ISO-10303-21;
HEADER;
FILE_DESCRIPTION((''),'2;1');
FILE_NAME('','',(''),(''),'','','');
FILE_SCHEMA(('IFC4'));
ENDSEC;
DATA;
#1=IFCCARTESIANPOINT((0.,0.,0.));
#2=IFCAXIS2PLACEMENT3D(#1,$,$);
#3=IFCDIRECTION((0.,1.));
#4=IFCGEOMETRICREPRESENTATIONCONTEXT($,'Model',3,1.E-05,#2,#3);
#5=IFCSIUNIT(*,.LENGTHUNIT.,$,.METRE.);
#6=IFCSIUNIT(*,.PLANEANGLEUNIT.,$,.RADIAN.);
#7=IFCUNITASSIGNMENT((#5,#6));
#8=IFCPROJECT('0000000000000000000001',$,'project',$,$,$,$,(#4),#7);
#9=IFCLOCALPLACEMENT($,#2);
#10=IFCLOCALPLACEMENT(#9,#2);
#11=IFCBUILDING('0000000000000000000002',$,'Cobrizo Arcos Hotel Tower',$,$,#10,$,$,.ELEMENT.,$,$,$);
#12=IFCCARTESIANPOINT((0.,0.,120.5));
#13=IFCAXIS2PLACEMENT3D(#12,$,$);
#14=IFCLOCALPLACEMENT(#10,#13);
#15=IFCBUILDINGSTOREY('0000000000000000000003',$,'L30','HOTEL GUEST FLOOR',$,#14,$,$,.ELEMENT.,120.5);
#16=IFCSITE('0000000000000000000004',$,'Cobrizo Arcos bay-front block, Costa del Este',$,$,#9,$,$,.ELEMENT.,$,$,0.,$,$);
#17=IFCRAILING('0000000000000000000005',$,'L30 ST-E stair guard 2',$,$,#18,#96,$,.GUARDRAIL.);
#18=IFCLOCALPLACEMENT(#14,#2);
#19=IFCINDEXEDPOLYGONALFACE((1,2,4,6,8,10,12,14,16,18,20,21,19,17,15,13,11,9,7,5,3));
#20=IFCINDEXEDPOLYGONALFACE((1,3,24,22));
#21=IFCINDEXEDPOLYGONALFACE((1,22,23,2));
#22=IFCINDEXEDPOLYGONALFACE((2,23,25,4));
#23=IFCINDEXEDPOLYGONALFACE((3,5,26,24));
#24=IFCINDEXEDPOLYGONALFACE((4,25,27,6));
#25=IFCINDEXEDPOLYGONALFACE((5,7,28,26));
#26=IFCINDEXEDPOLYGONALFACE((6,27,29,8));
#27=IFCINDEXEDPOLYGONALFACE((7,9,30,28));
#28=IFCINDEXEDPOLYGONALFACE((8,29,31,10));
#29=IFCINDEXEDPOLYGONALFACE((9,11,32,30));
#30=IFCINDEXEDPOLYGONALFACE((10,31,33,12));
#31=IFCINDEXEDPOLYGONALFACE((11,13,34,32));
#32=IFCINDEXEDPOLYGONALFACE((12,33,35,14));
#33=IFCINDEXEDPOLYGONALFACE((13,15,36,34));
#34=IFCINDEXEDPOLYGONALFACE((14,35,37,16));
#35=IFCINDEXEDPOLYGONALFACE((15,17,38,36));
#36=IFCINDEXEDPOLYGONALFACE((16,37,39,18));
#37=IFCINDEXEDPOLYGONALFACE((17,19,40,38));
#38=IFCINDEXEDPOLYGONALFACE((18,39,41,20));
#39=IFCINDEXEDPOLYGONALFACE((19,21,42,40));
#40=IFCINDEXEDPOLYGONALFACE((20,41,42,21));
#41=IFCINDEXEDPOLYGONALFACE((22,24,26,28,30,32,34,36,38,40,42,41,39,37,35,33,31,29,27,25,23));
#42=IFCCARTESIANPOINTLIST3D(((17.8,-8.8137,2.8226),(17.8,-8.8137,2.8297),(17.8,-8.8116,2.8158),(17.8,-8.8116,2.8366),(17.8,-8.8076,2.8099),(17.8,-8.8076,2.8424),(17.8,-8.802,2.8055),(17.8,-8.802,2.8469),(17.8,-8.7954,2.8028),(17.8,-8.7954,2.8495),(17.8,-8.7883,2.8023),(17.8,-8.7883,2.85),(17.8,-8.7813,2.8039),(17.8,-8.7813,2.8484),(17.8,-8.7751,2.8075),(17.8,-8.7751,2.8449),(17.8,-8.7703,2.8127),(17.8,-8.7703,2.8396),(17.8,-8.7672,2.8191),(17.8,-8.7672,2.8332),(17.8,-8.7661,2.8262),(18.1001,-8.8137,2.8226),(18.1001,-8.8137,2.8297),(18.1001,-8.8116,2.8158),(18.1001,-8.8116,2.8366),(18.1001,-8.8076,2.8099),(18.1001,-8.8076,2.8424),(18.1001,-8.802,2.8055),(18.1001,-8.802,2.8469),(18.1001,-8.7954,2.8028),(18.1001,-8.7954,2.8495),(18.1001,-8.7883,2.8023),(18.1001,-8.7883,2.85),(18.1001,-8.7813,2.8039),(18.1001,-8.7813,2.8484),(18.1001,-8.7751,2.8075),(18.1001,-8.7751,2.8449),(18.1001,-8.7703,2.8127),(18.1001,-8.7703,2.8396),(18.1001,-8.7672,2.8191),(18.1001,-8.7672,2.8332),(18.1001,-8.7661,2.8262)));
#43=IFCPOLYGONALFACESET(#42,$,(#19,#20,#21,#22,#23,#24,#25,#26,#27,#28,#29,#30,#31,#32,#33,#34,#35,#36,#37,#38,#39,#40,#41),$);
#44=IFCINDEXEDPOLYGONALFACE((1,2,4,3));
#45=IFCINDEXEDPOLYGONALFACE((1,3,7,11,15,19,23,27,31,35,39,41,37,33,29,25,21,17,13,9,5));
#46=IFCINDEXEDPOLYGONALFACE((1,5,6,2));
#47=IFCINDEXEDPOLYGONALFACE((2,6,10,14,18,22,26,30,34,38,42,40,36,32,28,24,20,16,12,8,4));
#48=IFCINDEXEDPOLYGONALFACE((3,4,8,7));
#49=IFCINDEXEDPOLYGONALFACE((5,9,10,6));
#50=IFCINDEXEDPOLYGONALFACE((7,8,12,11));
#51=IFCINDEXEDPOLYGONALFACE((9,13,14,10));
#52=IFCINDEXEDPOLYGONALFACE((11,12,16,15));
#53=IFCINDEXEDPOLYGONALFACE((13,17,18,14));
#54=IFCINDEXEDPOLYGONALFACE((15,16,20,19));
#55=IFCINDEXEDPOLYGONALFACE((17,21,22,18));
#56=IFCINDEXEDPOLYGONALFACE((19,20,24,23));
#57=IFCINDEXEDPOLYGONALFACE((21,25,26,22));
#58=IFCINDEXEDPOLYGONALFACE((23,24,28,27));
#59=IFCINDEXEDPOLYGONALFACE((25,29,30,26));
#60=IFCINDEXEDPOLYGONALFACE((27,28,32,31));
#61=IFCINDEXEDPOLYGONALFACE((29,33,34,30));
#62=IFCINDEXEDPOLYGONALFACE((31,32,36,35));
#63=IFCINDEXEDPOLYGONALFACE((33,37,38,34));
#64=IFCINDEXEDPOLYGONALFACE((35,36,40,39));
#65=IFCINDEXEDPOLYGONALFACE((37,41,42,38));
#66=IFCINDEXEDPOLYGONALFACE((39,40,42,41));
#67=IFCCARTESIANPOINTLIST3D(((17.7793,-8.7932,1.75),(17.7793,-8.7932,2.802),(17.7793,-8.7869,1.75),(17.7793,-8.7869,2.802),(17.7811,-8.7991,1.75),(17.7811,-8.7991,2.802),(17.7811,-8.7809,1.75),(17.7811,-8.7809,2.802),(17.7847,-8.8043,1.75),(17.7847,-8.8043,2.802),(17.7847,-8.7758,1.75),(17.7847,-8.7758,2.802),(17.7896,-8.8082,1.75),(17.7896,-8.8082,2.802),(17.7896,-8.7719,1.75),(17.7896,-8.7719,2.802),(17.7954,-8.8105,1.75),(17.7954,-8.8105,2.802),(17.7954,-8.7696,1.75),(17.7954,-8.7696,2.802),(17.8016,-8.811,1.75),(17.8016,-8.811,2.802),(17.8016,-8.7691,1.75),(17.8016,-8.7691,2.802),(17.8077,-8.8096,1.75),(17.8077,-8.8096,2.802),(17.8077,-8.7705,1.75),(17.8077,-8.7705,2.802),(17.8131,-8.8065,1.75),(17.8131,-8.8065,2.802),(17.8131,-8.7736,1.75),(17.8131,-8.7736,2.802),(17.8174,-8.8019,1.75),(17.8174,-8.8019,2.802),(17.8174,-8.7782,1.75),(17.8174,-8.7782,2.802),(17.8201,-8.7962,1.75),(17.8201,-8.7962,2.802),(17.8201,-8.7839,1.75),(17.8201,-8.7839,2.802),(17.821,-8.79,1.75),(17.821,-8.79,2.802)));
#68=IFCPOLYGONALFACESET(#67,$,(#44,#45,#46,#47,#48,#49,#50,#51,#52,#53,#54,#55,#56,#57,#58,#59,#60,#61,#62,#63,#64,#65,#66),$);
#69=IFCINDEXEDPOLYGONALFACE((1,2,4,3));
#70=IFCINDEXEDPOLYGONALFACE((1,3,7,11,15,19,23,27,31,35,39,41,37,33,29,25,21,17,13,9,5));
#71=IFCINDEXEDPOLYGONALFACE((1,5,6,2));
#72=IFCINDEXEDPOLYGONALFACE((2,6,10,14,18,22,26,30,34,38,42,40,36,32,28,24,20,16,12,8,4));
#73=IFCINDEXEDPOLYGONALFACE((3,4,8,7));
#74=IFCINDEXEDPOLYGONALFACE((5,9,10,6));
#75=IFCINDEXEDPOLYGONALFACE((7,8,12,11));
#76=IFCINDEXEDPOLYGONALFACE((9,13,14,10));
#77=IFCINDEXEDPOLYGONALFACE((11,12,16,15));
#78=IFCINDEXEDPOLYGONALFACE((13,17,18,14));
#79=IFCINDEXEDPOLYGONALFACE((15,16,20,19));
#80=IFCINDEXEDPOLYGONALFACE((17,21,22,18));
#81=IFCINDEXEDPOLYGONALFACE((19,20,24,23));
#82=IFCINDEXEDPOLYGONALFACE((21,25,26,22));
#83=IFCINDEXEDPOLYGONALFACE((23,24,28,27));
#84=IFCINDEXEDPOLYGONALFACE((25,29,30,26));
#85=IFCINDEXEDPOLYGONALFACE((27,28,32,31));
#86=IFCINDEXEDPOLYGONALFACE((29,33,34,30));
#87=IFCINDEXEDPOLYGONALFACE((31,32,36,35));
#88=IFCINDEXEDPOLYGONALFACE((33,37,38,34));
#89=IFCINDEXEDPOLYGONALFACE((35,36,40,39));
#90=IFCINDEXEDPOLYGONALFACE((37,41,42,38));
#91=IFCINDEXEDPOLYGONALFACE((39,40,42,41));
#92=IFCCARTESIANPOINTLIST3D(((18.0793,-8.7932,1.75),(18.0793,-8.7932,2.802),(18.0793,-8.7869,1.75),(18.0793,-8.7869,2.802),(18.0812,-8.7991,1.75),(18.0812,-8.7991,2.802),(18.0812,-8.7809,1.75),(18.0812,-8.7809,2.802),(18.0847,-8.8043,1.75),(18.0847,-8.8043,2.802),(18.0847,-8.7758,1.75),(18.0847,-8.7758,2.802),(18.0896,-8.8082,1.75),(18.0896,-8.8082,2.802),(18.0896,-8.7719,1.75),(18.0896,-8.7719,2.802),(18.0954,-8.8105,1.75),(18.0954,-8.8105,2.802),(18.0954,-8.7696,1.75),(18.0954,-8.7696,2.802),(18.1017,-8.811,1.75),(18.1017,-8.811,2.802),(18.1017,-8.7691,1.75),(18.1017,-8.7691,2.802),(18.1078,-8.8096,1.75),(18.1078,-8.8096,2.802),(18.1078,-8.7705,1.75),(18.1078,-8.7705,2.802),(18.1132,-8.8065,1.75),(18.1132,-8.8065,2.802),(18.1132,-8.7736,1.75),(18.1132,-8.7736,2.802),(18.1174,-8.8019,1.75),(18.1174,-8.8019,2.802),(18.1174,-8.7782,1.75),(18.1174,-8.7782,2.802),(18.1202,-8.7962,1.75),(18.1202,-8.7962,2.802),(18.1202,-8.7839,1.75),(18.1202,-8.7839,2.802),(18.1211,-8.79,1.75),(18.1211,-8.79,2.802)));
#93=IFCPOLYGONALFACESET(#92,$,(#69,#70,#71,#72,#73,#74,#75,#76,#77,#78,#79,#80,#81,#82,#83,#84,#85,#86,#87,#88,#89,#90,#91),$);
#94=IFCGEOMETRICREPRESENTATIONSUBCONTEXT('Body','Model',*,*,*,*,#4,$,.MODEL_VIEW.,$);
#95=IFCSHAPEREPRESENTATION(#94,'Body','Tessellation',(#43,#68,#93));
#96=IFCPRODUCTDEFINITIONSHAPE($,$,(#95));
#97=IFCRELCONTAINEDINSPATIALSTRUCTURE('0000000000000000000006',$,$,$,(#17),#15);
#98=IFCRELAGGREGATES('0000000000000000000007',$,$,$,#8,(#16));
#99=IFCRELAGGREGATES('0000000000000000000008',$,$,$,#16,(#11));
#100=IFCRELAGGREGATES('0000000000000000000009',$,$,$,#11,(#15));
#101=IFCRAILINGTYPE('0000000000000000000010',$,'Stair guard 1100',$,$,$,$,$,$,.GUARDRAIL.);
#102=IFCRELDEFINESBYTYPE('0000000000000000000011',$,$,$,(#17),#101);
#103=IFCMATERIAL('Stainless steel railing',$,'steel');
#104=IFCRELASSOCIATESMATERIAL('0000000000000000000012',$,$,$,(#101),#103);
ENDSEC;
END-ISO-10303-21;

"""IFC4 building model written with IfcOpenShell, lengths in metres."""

from ifc_helpers import new_model, si_unit, direction, frame, origin, origin_2d, place, context, subcontext, project, spatial, circle, extrude, material, type_object, element, save


model = new_model("IFC4")

# Units and contexts
model_context = context("Model", 3, precision=1e-05, world=origin(), true_north=direction((0.0, 1.0)))
body_context = subcontext(model_context, "Body", "Model", "MODEL_VIEW")
ifc_project = project(units=[si_unit("LENGTHUNIT", "METRE"), si_unit("PLANEANGLEUNIT", "RADIAN")], contexts=[model_context])

# Site, building, storey
site_placement = place(None, origin())
site = spatial("IfcSite", under=ifc_project, at=site_placement, Name="Cobrizo Arcos bay-front block, Costa del Este", CompositionType="ELEMENT", RefElevation=0.0)
building_placement = place(site_placement, origin())
building = spatial("IfcBuilding", under=site, at=building_placement, Name="Cobrizo Arcos Hotel Tower", CompositionType="ELEMENT")
storey_placement = place(building_placement, frame((0.0, 0.0, 120.5)))
storey = spatial("IfcBuildingStorey", under=building, at=storey_placement, Name="L30", Description="HOTEL GUEST FLOOR", CompositionType="ELEMENT", Elevation=120.5)

# Railing
ifc_material_1 = material(Name="Stainless steel railing", Category="steel")
railing_type_1 = type_object("IfcRailingType", Name="Stair guard 1100", PredefinedType="GUARDRAIL", material=ifc_material_1)
railing_1_placement = place(storey_placement, frame((17.8, -8.79, 1.75)))
element("IfcRailing", 1, at=railing_1_placement, inside=storey, type_object=railing_type_1, Name="L30 ST-E stair guard 2", PredefinedType="GUARDRAIL", context=body_context, shape_type="SweptSolid", body=[
    extrude(circle(Radius=0.0239, at=origin_2d()), frame((0.0, 0.0, 1.0762), z_axis=(1.0, 0.0, 0.0), x_axis=(0.0, 1.0, 0.0)), (0.0, 0.0, 1.0), 0.3),
    extrude(circle(Radius=0.021, at=origin_2d()), origin(), (0.0, 0.0, 1.0), 1.052),
    extrude(circle(Radius=0.021, at=origin_2d()), frame((0.3, 0.0, 0.0)), (0.0, 0.0, 1.0), 1.052),
])

save(model, "model.ifc")
